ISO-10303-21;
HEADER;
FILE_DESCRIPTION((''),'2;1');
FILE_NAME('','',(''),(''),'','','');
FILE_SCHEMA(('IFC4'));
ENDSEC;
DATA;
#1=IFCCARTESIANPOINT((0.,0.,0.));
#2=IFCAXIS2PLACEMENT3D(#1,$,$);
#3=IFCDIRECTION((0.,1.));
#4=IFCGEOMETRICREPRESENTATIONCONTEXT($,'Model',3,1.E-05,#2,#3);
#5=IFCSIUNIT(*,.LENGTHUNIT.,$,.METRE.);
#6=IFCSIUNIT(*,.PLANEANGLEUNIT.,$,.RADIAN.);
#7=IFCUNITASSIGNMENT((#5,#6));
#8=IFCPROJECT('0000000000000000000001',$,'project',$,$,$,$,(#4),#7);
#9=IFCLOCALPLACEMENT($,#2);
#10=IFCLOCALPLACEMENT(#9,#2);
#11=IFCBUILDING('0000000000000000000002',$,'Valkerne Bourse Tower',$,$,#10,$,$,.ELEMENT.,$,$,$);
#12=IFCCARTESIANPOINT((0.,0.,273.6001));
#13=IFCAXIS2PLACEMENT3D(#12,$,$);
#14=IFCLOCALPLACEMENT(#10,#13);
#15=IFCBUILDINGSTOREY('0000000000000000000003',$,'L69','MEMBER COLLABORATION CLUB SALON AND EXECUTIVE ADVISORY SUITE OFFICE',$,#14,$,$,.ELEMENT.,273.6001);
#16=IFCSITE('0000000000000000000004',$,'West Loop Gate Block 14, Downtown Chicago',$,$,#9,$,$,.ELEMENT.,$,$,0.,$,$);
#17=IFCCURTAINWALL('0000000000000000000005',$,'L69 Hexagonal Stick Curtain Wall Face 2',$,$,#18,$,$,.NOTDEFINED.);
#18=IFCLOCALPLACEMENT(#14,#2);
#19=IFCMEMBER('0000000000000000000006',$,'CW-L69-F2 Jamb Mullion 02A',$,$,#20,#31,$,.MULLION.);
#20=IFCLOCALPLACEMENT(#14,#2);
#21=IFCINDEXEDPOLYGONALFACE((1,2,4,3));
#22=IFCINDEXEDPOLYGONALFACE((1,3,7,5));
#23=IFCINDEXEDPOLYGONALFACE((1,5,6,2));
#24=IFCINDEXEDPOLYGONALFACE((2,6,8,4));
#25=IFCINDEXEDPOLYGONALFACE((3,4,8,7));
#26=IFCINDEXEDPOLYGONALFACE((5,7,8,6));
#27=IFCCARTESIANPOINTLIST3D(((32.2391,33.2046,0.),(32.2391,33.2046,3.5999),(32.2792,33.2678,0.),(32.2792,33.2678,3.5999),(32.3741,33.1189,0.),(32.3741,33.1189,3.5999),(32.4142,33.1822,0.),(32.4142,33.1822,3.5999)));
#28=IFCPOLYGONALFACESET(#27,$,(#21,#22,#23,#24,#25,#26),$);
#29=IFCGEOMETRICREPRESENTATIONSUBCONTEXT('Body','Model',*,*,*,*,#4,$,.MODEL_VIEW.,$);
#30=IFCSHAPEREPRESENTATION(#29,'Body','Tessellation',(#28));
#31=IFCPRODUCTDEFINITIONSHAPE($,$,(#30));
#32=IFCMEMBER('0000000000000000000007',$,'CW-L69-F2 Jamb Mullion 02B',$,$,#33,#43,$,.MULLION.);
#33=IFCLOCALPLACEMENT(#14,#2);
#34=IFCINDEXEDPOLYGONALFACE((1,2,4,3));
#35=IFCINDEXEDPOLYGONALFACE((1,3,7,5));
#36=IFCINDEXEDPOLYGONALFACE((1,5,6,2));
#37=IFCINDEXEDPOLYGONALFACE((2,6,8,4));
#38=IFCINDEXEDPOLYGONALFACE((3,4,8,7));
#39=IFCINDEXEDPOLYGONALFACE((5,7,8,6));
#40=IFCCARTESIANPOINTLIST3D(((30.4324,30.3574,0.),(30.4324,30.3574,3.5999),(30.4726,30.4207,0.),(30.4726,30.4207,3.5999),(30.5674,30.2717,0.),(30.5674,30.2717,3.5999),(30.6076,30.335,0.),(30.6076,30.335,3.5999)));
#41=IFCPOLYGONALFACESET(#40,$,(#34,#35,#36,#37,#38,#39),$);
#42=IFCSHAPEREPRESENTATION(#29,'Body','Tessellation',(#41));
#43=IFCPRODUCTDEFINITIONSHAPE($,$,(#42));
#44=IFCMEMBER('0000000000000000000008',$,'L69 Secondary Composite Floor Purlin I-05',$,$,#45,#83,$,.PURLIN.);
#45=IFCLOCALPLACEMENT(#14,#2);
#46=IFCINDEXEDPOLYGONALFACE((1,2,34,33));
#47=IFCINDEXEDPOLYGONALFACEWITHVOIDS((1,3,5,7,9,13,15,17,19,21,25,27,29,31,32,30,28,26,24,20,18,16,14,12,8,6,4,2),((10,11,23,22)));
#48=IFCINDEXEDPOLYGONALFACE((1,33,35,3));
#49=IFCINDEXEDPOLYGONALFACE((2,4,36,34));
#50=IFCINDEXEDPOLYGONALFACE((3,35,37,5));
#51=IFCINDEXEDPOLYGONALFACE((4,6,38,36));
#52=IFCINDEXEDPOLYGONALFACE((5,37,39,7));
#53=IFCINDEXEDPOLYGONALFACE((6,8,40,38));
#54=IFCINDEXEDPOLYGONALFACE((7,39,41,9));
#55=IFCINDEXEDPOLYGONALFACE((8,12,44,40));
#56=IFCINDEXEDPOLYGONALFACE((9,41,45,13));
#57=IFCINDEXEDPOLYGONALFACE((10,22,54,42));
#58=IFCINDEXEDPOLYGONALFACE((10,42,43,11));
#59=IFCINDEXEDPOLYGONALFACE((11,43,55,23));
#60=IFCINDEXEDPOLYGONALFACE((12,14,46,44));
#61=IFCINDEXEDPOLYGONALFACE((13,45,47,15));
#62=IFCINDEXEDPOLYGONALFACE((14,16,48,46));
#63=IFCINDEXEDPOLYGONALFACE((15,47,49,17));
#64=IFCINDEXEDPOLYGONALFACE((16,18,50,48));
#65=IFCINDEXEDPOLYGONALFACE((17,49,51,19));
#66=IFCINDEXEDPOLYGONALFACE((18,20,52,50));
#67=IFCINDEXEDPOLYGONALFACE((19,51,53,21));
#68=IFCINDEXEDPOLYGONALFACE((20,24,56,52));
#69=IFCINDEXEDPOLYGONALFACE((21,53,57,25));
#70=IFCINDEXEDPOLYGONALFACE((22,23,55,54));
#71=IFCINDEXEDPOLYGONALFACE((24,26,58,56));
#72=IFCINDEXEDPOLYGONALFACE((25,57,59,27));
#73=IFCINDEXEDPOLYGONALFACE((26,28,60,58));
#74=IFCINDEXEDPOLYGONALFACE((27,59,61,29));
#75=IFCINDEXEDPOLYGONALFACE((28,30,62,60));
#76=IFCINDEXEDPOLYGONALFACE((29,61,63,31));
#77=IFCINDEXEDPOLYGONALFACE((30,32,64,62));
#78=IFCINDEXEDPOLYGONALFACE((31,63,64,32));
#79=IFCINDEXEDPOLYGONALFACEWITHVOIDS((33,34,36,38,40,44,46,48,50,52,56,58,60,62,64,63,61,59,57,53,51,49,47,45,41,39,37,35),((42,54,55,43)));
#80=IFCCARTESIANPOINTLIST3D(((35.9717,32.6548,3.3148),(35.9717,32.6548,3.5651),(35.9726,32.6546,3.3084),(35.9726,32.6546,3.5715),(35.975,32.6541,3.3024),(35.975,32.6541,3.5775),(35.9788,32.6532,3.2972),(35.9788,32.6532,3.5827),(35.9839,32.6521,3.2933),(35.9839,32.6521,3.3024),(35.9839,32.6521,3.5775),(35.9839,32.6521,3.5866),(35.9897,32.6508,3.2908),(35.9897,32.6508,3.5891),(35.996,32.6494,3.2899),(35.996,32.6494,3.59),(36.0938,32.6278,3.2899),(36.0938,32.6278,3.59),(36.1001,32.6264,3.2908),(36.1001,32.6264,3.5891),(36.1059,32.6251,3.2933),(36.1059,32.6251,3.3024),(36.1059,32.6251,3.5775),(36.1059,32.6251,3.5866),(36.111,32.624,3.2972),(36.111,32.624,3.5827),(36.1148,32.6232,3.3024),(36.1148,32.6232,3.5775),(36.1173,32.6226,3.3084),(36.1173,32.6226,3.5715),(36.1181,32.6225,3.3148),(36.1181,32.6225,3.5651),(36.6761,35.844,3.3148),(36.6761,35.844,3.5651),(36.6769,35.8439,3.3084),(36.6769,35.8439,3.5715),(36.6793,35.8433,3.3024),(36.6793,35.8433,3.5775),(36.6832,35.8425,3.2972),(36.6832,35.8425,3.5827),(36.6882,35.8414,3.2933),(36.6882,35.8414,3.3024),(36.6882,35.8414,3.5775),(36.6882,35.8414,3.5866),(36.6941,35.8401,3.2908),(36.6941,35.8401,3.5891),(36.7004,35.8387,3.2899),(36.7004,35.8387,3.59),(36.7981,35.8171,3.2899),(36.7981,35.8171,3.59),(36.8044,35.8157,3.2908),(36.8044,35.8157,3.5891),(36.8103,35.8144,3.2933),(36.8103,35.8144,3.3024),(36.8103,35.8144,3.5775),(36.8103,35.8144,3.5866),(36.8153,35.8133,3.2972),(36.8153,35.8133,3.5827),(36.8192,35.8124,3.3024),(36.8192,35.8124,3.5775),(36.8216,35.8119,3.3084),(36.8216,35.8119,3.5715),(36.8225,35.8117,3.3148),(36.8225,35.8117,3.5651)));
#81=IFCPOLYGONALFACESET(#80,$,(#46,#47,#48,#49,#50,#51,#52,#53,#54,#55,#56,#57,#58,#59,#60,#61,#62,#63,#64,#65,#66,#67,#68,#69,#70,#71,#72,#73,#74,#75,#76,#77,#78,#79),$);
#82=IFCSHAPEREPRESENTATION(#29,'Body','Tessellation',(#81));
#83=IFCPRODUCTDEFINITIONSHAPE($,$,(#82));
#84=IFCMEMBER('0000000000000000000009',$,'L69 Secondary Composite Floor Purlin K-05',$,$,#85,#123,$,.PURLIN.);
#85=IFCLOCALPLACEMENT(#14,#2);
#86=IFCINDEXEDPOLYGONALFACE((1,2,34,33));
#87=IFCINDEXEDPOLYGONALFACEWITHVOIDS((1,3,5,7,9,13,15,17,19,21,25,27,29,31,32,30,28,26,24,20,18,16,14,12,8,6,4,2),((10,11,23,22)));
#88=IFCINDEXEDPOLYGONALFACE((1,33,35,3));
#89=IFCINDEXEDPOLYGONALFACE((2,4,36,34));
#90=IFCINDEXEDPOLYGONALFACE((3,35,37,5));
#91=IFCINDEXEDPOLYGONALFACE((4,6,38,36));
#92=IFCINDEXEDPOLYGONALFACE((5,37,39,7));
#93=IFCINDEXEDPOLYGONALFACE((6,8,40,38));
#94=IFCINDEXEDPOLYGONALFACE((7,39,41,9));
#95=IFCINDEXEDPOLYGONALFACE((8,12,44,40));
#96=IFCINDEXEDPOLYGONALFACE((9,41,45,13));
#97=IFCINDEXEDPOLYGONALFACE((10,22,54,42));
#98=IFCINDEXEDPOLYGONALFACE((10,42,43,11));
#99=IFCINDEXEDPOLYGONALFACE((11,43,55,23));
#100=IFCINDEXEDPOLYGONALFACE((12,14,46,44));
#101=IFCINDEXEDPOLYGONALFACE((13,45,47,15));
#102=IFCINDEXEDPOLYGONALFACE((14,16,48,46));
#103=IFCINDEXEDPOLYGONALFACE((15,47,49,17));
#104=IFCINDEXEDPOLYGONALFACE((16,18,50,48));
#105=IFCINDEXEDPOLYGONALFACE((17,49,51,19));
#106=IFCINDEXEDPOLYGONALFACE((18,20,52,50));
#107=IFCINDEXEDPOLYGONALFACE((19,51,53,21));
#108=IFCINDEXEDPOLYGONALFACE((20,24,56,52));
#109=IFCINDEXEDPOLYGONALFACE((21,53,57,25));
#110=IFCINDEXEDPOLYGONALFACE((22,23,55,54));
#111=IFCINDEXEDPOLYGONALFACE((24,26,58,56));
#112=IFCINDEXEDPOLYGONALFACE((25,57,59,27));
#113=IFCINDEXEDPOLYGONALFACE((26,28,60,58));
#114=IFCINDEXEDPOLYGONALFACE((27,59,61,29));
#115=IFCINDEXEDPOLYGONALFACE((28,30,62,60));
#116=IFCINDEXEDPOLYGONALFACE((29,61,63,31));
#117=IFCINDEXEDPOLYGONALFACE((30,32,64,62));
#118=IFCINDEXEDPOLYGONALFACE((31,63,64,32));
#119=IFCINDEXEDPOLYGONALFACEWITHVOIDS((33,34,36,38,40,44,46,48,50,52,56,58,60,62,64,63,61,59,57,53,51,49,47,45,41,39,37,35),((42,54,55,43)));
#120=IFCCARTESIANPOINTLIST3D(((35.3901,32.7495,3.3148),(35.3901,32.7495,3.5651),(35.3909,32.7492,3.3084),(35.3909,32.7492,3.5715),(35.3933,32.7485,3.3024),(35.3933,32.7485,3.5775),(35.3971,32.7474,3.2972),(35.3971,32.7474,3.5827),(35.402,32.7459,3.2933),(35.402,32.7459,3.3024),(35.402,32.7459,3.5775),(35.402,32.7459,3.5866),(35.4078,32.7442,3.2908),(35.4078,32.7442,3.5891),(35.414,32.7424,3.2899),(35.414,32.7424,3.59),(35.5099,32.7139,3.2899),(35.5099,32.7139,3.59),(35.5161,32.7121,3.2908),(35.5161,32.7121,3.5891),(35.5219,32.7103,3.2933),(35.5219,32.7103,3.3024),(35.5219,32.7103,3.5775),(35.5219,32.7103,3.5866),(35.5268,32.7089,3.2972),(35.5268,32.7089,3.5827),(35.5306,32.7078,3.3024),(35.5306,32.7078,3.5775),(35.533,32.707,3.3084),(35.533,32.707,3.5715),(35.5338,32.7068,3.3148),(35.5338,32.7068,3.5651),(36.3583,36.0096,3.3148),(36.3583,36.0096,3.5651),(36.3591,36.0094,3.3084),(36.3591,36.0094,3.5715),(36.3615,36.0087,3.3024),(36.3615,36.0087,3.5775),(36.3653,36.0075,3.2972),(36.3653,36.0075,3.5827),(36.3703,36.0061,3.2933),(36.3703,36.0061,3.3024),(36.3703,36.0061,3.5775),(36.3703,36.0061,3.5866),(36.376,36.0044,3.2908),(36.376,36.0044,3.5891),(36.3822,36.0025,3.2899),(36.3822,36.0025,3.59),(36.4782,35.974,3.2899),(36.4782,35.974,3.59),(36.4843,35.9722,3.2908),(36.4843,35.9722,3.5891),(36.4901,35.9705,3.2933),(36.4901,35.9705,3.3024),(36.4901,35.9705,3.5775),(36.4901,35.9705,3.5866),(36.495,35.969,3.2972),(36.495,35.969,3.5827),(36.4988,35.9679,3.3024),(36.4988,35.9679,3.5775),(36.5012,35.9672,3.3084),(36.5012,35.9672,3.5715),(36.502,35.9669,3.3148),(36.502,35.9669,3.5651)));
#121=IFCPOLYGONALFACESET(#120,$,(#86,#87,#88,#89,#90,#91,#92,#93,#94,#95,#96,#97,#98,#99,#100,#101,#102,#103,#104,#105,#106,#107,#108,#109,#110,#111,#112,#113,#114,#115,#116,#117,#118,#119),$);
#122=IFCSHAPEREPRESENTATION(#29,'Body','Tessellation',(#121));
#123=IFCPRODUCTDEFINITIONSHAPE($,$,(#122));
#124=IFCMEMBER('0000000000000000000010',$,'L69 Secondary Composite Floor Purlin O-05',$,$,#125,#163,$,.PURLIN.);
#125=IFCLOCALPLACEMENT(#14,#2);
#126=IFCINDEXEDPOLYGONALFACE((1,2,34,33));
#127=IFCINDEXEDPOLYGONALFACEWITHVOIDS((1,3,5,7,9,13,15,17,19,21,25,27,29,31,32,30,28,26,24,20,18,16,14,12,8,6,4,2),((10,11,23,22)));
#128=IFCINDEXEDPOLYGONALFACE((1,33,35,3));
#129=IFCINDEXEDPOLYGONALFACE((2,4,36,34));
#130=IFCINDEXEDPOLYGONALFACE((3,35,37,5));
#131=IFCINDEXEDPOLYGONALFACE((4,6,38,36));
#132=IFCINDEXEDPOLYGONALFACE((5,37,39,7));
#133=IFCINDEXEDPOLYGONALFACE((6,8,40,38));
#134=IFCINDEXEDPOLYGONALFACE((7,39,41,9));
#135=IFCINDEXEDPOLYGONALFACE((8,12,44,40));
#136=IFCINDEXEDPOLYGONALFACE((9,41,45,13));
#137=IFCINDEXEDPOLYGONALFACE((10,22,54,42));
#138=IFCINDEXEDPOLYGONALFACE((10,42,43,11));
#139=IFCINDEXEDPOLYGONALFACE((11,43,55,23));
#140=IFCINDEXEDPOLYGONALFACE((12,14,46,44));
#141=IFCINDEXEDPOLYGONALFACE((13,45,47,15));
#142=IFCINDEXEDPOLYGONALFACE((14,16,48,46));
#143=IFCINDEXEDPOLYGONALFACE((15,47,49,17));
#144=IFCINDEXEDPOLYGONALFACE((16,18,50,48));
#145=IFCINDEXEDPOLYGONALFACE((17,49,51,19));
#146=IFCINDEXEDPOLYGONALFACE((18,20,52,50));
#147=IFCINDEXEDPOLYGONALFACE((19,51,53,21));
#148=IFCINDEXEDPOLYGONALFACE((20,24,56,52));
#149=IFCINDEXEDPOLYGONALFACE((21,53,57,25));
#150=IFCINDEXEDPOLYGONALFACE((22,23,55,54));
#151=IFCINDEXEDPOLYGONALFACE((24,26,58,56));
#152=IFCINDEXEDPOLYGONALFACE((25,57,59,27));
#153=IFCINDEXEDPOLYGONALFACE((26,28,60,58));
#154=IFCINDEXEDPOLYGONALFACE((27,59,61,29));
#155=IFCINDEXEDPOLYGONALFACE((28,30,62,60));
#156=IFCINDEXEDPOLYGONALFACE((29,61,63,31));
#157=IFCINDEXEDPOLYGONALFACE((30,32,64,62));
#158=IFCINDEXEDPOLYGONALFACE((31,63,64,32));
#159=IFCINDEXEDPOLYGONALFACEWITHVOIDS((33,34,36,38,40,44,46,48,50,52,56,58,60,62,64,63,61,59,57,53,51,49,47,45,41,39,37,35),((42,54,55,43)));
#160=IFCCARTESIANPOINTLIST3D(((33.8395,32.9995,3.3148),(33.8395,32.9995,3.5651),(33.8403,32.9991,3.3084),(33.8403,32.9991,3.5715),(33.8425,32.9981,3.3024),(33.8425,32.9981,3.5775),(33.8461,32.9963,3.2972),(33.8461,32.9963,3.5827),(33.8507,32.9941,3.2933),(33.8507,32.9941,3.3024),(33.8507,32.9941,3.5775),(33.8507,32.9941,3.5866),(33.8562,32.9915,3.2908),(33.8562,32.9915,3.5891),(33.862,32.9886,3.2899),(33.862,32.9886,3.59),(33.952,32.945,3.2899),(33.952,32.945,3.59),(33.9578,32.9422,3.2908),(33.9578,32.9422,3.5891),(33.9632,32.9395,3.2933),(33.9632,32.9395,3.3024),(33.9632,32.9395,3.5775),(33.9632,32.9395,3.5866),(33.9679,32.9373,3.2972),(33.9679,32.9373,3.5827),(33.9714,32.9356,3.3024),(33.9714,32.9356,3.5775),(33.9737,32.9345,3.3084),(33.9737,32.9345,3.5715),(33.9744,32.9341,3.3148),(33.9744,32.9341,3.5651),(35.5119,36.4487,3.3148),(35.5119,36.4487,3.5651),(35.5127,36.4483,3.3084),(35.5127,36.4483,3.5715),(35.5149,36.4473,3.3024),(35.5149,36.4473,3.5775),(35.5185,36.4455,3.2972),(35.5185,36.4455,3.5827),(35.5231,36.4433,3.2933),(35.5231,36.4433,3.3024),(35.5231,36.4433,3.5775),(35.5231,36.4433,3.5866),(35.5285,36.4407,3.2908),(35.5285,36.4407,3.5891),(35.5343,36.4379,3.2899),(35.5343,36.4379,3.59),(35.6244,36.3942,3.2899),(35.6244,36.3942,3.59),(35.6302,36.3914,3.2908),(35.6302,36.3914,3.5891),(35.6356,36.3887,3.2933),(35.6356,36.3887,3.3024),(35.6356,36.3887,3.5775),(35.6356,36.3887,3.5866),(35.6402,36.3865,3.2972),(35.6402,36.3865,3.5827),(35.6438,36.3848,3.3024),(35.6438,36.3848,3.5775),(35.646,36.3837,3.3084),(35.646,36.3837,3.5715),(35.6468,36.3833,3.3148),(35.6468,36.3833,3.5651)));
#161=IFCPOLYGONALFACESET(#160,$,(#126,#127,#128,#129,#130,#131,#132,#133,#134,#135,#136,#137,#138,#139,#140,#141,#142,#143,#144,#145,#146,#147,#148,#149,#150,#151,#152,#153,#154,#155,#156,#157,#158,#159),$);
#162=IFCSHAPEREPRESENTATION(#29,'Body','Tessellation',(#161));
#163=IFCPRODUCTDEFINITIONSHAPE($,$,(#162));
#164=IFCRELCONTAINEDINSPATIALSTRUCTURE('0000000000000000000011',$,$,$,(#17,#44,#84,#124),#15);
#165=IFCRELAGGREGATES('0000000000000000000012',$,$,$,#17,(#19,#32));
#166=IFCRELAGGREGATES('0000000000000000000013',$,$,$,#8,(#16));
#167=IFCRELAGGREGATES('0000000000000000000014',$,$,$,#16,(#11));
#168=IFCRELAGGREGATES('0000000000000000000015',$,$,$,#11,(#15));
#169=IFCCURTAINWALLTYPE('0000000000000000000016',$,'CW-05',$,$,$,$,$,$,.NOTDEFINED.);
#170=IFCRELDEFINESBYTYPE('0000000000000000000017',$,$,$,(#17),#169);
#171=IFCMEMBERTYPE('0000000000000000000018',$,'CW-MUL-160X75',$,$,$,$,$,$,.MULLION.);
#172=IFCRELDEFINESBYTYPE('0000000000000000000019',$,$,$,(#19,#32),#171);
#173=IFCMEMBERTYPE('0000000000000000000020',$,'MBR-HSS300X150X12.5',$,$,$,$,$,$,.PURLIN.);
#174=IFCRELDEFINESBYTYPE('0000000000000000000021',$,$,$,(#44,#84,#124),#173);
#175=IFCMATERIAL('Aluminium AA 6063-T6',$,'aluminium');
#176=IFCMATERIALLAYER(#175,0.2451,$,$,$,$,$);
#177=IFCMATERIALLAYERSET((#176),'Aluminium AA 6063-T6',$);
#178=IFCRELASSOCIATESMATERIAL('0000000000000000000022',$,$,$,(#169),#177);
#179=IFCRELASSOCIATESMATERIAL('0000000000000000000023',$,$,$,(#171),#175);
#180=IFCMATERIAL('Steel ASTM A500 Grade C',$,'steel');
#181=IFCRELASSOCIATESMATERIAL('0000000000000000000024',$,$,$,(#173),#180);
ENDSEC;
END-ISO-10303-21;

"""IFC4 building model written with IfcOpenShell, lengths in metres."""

from ifc_helpers import new_model, si_unit, direction, frame, origin, origin_2d, place, context, subcontext, project, spatial, rectangle, hollow_rectangle, extrude, material, layer, layer_set, material_profile, profile_set, type_object, element, aggregate, save


model = new_model("IFC4")

# Units and contexts
model_context = context("Model", 3, precision=1e-05, world=origin(), true_north=direction((0.0, 1.0)))
body_context = subcontext(model_context, "Body", "Model", "MODEL_VIEW")
ifc_project = project(units=[si_unit("LENGTHUNIT", "METRE"), si_unit("PLANEANGLEUNIT", "RADIAN")], contexts=[model_context])

# Site, building, storey
site_placement = place(None, origin())
site = spatial("IfcSite", under=ifc_project, at=site_placement, Name="West Loop Gate Block 14, Downtown Chicago", CompositionType="ELEMENT", RefElevation=0.0)
building_placement = place(site_placement, origin())
building = spatial("IfcBuilding", under=site, at=building_placement, Name="Valkerne Bourse Tower", CompositionType="ELEMENT")
storey_placement = place(building_placement, frame((0.0, 0.0, 273.6001)))
storey = spatial("IfcBuildingStorey", under=building, at=storey_placement, Name="L69", Description="MEMBER COLLABORATION CLUB SALON AND EXECUTIVE ADVISORY SUITE OFFICE", CompositionType="ELEMENT", Elevation=273.6001)

# Curtain wall, members
ifc_material_1 = material(Name="Aluminium AA 6063-T6", Category="aluminium")
ifc_layer_1 = layer(ifc_material_1, 0.2451)
ifc_layer_set_1 = layer_set([ifc_layer_1], Name="Aluminium AA 6063-T6")
curtain_wall_type = type_object("IfcCurtainWallType", Name="CW-05", PredefinedType="NOTDEFINED", material=ifc_layer_set_1)
curtain_wall_placement = place(storey_placement, origin())
curtain_wall = element("IfcCurtainWall", 1, at=curtain_wall_placement, inside=storey, type_object=curtain_wall_type, Name="L69 Hexagonal Stick Curtain Wall Face 2", PredefinedType="NOTDEFINED")
ifc_material_profile_1 = material_profile(ifc_material_1, rectangle(XDim=0.075, YDim=0.1599, at=origin_2d()), Name="CWM-75X160")
ifc_profile_set_1 = profile_set([ifc_material_profile_1], Name="Aluminium AA 6063-T6")
member_type_1 = type_object("IfcMemberType", Name="CW-MUL-160X75", PredefinedType="MULLION", material=ifc_profile_set_1)
member_1_placement = place(storey_placement, frame((32.3267, 33.1934, 0.0), z_axis=(0.0, 0.0, 1.0), x_axis=(-0.535827, -0.844328, 0.0)))
member_1 = element("IfcMember", 2, at=member_1_placement, type_object=member_type_1, Name="CW-L69-F2 Jamb Mullion 02A", PredefinedType="MULLION", context=body_context, shape_type="SweptSolid", body=[
    extrude(rectangle(XDim=0.075, YDim=0.1599, at=origin_2d()), origin(), (0.0, 0.0, 1.0), 3.5999),
])
member_2_placement = place(storey_placement, frame((30.52, 30.3462, 0.0), z_axis=(0.0, 0.0, 1.0), x_axis=(-0.535827, -0.844328, 0.0)))
member_2 = element("IfcMember", 3, at=member_2_placement, type_object=member_type_1, Name="CW-L69-F2 Jamb Mullion 02B", PredefinedType="MULLION", context=body_context, shape_type="SweptSolid", body=[
    extrude(rectangle(XDim=0.075, YDim=0.1599, at=origin_2d()), origin(), (0.0, 0.0, 1.0), 3.5999),
])

# Members
ifc_material_2 = material(Name="Steel ASTM A500 Grade C", Category="steel")
ifc_material_profile_2 = material_profile(ifc_material_2, hollow_rectangle(XDim=0.1499, YDim=0.3, WallThickness=0.0125, OuterFilletRadius=0.0249, at=origin_2d()), Name="HSS300X150X12.5")
ifc_profile_set_2 = profile_set([ifc_material_profile_2], Name="Steel ASTM A500 Grade C")
member_type_2 = type_object("IfcMemberType", Name="MBR-HSS300X150X12.5", PredefinedType="PURLIN", material=ifc_profile_set_2)
member_3_placement = place(storey_placement, frame((36.7493, 35.8279, 3.4399), z_axis=(-0.215656, -0.976469, 0.0), x_axis=(0.976469, -0.215656, 0.0)))
element("IfcMember", 4, at=member_3_placement, inside=storey, type_object=member_type_2, Name="L69 Secondary Composite Floor Purlin I-05", PredefinedType="PURLIN", context=body_context, shape_type="SweptSolid", body=[
    extrude(hollow_rectangle(XDim=0.1499, YDim=0.3, WallThickness=0.0125, OuterFilletRadius=0.0249, at=origin_2d()), origin(), (0.0, 0.0, 1.0), 3.2661),
])
member_4_placement = place(storey_placement, frame((36.4302, 35.9883, 3.4399), z_axis=(-0.284699, -0.958617, 0.0), x_axis=(0.958617, -0.284699, 0.0)))
element("IfcMember", 5, at=member_4_placement, inside=storey, type_object=member_type_2, Name="L69 Secondary Composite Floor Purlin K-05", PredefinedType="PURLIN", context=body_context, shape_type="SweptSolid", body=[
    extrude(hollow_rectangle(XDim=0.1499, YDim=0.3, WallThickness=0.0125, OuterFilletRadius=0.0249, at=origin_2d()), origin(), (0.0, 0.0, 1.0), 3.4009),
])
member_5_placement = place(storey_placement, frame((35.5793, 36.416, 3.4399), z_axis=(-0.436277, -0.899813, 0.0), x_axis=(0.899813, -0.436277, 0.0)))
element("IfcMember", 6, at=member_5_placement, inside=storey, type_object=member_type_2, Name="L69 Secondary Composite Floor Purlin O-05", PredefinedType="PURLIN", context=body_context, shape_type="SweptSolid", body=[
    extrude(hollow_rectangle(XDim=0.1499, YDim=0.3, WallThickness=0.0125, OuterFilletRadius=0.0249, at=origin_2d()), origin(), (0.0, 0.0, 1.0), 3.8333),
])

aggregate(curtain_wall, [member_1, member_2])

save(model, "model.ifc")
